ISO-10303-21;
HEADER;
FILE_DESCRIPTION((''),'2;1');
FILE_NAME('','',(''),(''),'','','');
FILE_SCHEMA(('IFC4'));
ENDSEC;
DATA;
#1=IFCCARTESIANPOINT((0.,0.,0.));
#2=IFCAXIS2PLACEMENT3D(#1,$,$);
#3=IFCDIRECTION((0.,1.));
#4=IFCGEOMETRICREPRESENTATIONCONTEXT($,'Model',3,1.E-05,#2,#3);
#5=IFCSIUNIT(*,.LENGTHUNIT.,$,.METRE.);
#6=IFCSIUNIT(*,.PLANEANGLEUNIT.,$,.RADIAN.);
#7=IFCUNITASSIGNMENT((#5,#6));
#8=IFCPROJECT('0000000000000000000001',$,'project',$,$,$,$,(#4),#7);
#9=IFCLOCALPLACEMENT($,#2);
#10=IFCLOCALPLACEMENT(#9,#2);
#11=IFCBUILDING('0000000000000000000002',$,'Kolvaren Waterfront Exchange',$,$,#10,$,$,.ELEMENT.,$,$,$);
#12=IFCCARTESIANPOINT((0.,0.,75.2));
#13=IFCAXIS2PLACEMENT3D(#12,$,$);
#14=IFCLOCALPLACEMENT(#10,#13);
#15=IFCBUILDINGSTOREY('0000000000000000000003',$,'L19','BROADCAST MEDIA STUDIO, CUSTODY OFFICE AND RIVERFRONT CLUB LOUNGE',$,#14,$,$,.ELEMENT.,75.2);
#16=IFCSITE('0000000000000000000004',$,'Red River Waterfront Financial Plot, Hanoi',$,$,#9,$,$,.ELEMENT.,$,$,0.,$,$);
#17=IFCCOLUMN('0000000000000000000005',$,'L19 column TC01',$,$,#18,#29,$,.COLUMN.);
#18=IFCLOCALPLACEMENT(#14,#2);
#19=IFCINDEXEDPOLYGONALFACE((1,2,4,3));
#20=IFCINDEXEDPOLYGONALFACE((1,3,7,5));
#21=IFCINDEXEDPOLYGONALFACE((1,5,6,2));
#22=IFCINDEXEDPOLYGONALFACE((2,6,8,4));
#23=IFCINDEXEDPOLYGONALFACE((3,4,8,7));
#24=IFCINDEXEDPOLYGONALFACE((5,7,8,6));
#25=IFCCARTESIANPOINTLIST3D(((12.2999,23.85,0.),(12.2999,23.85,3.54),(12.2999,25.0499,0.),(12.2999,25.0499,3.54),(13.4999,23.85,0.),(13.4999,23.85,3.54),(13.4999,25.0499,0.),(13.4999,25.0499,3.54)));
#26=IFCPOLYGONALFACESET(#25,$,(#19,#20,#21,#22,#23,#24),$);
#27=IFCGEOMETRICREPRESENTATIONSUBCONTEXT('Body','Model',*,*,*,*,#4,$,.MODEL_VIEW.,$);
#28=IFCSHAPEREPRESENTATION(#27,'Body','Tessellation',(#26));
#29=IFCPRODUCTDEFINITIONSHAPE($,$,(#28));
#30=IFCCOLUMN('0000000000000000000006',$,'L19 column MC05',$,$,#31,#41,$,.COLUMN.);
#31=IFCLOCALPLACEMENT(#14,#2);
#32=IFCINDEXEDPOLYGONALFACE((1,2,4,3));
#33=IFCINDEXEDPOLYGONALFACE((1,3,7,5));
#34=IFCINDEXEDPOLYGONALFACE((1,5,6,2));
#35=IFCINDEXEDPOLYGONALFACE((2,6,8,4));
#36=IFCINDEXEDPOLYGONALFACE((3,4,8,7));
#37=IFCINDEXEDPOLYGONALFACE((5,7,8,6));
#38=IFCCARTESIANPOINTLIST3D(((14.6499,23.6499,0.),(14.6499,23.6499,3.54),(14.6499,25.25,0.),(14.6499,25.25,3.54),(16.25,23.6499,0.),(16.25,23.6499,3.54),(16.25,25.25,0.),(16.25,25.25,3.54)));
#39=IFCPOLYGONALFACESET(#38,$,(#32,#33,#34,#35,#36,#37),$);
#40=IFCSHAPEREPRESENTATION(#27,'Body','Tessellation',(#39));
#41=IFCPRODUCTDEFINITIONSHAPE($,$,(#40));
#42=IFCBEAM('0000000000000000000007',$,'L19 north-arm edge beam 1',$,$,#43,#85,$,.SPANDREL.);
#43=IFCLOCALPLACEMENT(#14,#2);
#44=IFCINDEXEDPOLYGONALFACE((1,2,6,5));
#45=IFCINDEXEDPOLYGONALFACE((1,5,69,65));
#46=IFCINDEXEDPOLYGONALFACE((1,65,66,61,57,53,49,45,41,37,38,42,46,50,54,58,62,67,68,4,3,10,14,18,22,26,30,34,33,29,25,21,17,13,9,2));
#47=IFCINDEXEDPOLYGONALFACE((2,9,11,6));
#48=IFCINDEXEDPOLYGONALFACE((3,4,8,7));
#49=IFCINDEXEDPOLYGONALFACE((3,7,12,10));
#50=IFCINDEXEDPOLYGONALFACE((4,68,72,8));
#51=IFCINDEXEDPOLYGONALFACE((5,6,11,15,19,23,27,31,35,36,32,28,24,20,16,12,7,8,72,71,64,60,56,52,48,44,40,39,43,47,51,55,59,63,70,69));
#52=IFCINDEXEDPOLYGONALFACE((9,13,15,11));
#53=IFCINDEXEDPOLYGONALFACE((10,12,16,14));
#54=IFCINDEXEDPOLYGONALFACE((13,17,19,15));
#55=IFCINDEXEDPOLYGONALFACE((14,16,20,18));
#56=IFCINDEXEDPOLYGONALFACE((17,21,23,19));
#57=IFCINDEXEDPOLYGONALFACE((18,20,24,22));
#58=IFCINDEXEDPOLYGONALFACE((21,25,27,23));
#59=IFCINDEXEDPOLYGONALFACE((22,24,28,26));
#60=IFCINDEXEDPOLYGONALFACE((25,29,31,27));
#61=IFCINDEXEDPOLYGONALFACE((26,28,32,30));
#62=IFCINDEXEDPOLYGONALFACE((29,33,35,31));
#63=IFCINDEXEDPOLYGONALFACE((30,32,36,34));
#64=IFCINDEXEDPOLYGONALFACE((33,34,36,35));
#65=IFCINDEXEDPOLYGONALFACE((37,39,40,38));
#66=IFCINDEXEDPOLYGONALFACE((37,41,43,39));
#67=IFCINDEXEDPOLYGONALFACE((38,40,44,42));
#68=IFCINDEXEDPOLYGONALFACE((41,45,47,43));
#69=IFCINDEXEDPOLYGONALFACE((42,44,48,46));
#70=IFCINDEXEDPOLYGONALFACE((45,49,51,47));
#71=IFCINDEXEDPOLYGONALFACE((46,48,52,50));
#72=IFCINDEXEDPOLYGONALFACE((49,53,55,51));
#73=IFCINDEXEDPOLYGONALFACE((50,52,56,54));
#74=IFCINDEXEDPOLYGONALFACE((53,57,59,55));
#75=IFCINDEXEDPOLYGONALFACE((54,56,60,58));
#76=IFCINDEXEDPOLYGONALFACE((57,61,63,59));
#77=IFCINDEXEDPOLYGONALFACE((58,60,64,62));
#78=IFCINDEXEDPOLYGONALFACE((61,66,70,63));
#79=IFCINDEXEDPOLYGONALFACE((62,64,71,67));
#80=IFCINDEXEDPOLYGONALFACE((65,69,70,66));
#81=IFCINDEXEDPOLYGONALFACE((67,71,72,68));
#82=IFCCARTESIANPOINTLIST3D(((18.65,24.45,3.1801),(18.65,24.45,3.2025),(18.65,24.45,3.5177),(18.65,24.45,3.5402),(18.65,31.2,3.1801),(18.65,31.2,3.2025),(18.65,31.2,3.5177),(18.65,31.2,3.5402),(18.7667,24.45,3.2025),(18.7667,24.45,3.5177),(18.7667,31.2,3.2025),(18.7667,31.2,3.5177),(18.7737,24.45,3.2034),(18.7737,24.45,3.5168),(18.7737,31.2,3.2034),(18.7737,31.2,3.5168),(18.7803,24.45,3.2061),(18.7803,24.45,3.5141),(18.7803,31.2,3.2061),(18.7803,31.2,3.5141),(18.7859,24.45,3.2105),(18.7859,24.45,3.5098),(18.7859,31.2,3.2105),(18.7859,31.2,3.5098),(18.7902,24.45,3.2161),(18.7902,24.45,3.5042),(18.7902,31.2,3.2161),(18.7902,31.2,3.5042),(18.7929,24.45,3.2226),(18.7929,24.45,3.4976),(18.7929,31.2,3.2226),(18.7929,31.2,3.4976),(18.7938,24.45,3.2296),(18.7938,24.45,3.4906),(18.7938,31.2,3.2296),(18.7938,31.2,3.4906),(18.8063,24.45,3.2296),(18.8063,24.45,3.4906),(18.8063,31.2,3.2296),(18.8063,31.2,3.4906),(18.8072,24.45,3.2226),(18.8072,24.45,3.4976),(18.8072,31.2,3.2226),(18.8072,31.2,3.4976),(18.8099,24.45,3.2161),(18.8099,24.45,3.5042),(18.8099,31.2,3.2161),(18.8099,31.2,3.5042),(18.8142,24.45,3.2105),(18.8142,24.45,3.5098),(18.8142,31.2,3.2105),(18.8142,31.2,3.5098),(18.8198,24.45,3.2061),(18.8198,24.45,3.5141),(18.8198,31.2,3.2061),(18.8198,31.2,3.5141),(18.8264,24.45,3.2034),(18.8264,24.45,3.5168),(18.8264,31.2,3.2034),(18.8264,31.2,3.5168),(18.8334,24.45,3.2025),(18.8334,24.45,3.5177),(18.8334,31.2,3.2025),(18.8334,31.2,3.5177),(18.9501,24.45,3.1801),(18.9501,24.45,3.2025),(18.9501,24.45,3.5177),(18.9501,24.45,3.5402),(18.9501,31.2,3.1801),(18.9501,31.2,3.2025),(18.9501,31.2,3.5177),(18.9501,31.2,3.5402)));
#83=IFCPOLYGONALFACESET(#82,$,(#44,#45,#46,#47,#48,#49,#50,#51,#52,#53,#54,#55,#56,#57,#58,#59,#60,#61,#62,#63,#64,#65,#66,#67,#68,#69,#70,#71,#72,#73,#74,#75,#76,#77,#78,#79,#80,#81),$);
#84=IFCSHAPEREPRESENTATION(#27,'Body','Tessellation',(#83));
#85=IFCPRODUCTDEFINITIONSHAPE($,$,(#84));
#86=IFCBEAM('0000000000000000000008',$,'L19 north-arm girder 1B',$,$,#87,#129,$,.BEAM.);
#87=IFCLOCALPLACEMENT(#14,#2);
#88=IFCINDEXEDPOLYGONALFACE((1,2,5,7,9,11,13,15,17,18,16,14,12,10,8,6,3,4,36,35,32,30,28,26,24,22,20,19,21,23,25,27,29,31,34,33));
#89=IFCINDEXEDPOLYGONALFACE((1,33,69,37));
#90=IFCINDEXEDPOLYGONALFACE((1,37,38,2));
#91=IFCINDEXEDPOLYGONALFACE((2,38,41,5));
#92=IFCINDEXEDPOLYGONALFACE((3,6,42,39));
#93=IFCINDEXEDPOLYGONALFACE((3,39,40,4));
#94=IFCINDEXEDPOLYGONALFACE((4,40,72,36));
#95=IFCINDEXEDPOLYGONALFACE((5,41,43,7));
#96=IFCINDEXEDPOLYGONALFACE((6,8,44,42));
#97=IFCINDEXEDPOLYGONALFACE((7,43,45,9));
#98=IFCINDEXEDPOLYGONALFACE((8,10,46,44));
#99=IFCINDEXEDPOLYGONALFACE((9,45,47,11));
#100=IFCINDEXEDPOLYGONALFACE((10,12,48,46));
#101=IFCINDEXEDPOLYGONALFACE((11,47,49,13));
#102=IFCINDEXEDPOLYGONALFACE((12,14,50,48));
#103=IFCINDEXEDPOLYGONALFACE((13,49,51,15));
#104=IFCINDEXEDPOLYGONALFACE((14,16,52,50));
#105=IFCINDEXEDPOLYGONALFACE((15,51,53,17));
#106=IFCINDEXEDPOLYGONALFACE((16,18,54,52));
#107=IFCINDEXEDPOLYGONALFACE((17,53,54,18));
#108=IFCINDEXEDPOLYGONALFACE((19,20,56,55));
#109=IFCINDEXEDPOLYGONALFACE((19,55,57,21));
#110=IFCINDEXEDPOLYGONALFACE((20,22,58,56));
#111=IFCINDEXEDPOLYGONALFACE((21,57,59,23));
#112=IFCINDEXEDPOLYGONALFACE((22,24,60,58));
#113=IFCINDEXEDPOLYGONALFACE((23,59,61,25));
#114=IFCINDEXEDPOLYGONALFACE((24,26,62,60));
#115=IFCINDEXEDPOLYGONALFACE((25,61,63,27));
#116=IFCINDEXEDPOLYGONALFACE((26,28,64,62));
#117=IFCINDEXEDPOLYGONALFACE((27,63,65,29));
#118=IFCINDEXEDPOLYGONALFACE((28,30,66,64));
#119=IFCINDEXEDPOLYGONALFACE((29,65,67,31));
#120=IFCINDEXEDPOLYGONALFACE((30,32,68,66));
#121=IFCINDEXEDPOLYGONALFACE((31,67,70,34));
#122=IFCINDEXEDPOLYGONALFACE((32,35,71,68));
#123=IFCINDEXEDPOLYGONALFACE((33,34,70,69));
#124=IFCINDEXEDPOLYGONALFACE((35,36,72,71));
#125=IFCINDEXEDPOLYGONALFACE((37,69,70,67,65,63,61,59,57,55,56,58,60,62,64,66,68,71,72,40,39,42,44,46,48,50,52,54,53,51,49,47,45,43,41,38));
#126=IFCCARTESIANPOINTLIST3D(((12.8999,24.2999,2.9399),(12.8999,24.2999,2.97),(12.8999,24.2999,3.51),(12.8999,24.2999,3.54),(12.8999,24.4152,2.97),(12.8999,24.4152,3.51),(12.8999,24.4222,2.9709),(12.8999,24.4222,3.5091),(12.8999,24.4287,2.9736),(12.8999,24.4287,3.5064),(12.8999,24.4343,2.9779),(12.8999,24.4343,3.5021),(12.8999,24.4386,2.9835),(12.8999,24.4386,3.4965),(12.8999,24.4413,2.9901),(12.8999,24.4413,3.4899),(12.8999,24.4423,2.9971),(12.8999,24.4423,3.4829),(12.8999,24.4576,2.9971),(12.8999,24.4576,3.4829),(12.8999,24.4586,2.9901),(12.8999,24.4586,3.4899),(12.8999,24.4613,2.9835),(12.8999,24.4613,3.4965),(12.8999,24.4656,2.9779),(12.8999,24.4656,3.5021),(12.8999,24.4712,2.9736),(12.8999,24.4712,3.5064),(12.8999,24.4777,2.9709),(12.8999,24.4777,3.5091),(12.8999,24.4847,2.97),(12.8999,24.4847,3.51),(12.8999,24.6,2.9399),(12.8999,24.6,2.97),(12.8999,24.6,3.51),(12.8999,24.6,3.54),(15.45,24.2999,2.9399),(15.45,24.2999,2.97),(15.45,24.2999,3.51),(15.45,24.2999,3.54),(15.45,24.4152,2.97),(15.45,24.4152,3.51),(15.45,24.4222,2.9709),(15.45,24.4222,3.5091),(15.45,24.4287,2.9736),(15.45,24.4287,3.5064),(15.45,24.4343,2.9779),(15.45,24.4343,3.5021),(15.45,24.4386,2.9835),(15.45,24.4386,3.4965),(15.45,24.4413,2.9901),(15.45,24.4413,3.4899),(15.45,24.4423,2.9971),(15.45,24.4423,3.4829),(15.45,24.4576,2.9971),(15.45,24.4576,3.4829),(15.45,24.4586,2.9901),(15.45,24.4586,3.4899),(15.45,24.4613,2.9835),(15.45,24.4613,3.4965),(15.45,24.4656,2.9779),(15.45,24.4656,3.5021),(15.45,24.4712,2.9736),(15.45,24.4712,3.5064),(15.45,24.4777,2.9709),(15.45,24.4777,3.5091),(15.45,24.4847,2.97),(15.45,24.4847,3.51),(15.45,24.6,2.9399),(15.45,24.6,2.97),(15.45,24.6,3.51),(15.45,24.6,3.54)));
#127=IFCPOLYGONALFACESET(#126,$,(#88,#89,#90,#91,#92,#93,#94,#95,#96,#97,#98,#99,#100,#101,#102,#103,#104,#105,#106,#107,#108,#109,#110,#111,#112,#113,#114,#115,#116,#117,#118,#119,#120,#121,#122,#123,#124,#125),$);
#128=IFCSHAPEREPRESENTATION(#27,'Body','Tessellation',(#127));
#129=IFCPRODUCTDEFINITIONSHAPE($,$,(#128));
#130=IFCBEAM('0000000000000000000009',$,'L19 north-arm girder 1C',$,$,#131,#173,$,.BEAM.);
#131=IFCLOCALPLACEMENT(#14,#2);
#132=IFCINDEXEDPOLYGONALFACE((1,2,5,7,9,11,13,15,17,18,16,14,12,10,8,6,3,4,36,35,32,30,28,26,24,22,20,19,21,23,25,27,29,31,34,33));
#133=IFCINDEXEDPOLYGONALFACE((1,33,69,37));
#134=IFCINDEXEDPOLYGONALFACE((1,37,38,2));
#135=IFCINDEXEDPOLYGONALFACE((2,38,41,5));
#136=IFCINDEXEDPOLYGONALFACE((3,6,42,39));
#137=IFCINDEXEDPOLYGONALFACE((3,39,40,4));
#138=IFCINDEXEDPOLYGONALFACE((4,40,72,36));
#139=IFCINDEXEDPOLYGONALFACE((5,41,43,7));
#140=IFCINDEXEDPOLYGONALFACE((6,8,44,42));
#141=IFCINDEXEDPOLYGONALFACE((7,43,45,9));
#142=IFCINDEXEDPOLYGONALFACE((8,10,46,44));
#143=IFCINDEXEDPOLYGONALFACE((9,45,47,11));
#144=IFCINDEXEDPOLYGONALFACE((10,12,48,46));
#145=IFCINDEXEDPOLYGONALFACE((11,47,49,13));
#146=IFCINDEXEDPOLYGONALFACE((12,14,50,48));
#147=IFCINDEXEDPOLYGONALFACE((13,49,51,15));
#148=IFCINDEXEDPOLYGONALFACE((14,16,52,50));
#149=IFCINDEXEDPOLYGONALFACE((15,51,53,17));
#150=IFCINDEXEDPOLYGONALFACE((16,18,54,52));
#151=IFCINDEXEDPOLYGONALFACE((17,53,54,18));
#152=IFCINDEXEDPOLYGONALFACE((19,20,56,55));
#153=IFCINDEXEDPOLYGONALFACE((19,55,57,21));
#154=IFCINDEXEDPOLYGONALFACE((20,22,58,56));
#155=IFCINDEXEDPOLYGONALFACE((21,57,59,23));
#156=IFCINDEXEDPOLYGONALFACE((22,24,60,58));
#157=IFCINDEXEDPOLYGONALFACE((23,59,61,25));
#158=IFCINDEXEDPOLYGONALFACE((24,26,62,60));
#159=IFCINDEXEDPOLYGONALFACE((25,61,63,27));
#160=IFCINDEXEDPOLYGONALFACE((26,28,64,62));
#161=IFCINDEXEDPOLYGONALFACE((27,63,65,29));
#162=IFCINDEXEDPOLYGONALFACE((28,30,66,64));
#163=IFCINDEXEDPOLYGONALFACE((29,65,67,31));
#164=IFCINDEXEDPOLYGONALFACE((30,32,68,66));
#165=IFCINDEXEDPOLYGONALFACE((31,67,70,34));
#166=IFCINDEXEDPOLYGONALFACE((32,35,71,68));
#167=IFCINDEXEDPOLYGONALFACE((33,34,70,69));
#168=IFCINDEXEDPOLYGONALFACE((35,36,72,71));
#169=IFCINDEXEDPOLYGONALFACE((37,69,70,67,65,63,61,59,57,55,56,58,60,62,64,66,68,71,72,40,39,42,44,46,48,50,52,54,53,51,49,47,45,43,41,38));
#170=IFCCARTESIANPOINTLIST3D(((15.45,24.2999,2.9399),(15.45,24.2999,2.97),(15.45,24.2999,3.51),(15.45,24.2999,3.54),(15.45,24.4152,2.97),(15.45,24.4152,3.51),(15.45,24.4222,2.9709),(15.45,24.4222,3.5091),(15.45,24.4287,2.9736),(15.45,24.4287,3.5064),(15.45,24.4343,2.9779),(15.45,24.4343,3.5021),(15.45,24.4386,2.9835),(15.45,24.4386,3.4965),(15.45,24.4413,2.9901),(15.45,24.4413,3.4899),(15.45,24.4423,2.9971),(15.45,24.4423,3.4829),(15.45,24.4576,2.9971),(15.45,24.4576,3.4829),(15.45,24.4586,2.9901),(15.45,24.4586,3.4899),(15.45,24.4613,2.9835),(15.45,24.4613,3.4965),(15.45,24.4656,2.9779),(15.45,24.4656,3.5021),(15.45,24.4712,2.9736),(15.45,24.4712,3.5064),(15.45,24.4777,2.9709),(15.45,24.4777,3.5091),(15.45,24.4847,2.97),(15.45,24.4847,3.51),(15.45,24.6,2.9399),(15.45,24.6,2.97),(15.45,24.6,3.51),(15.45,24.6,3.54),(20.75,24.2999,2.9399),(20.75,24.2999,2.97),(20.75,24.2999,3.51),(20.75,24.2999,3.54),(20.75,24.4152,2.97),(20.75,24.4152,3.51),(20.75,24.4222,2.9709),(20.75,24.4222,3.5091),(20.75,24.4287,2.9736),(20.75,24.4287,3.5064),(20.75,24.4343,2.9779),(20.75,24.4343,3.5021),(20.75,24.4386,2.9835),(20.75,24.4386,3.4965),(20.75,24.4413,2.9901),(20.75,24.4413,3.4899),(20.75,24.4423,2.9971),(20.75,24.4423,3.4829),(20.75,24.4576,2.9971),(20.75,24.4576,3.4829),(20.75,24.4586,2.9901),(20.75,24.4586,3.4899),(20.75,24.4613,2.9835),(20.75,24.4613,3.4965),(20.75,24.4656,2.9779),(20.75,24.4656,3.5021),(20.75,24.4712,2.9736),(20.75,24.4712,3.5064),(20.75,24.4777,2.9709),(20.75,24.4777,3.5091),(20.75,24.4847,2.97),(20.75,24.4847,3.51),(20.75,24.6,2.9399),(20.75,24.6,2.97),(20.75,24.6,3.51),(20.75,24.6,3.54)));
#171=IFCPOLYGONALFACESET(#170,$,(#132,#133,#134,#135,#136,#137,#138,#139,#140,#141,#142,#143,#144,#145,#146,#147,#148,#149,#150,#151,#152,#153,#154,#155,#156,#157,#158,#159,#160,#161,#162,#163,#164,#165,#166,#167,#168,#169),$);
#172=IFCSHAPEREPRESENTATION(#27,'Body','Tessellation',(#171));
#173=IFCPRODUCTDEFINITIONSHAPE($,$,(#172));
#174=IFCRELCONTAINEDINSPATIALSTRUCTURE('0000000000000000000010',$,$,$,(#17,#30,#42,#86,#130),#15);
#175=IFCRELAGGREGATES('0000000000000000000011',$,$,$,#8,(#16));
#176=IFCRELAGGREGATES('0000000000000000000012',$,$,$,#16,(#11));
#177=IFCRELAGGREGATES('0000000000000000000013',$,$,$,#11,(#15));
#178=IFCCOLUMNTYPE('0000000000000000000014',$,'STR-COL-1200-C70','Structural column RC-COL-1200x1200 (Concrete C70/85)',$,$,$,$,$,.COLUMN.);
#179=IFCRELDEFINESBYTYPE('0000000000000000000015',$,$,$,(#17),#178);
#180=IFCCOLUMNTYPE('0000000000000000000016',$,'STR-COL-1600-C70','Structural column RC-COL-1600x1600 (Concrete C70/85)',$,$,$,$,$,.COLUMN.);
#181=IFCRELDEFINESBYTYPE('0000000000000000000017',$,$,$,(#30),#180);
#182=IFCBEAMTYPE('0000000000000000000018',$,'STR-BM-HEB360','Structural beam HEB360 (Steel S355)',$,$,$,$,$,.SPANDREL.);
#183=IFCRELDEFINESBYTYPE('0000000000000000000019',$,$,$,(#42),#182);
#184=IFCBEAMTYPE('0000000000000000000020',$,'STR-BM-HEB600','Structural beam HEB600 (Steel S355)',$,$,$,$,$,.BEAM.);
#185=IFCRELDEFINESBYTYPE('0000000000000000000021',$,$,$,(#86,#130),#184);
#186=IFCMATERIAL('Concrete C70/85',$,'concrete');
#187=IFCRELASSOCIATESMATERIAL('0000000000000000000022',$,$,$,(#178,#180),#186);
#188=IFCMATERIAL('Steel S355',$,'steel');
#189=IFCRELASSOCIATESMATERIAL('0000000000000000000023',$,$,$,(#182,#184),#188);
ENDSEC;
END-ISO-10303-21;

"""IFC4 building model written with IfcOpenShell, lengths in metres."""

from ifc_helpers import new_model, si_unit, direction, frame, origin, origin_2d, place, context, subcontext, project, spatial, rectangle, i_section, extrude, material, material_profile, profile_set, type_object, element, save


model = new_model("IFC4")

# Units and contexts
model_context = context("Model", 3, precision=1e-05, world=origin(), true_north=direction((0.0, 1.0)))
body_context = subcontext(model_context, "Body", "Model", "MODEL_VIEW")
ifc_project = project(units=[si_unit("LENGTHUNIT", "METRE"), si_unit("PLANEANGLEUNIT", "RADIAN")], contexts=[model_context])

# Site, building, storey
site_placement = place(None, origin())
site = spatial("IfcSite", under=ifc_project, at=site_placement, Name="Red River Waterfront Financial Plot, Hanoi", CompositionType="ELEMENT", RefElevation=0.0)
building_placement = place(site_placement, origin())
building = spatial("IfcBuilding", under=site, at=building_placement, Name="Kolvaren Waterfront Exchange", CompositionType="ELEMENT")
storey_placement = place(building_placement, frame((0.0, 0.0, 75.2)))
storey = spatial("IfcBuildingStorey", under=building, at=storey_placement, Name="L19", Description="BROADCAST MEDIA STUDIO, CUSTODY OFFICE AND RIVERFRONT CLUB LOUNGE", CompositionType="ELEMENT", Elevation=75.2)

# Columns
ifc_material_1 = material(Name="Concrete C70/85", Category="concrete")
ifc_material_profile_1 = material_profile(ifc_material_1, rectangle(XDim=1.2, YDim=1.2, at=origin_2d()), Name="RC-COL-1200x1200")
ifc_profile_set_1 = profile_set([ifc_material_profile_1], Name="Concrete C70/85")
column_type_1 = type_object("IfcColumnType", Name="STR-COL-1200-C70", Description="Structural column RC-COL-1200x1200 (Concrete C70/85)", PredefinedType="COLUMN", material=ifc_profile_set_1)
column_1_placement = place(storey_placement, frame((12.8999, 24.45, 0.0), z_axis=(0.0, 0.0, 1.0), x_axis=(1.0, 0.0, 0.0)))
element("IfcColumn", 1, at=column_1_placement, inside=storey, type_object=column_type_1, Name="L19 column TC01", PredefinedType="COLUMN", context=body_context, shape_type="SweptSolid", body=[
    extrude(rectangle(XDim=1.2, YDim=1.2, at=origin_2d()), origin(), (0.0, 0.0, 1.0), 3.54),
])
ifc_material_profile_2 = material_profile(ifc_material_1, rectangle(XDim=1.6001, YDim=1.6001, at=origin_2d()), Name="RC-COL-1600x1600")
ifc_profile_set_2 = profile_set([ifc_material_profile_2], Name="Concrete C70/85")
column_type_2 = type_object("IfcColumnType", Name="STR-COL-1600-C70", Description="Structural column RC-COL-1600x1600 (Concrete C70/85)", PredefinedType="COLUMN", material=ifc_profile_set_2)
column_2_placement = place(storey_placement, frame((15.45, 24.45, 0.0), z_axis=(0.0, 0.0, 1.0), x_axis=(1.0, 0.0, 0.0)))
element("IfcColumn", 2, at=column_2_placement, inside=storey, type_object=column_type_2, Name="L19 column MC05", PredefinedType="COLUMN", context=body_context, shape_type="SweptSolid", body=[
    extrude(rectangle(XDim=1.6001, YDim=1.6001, at=origin_2d()), origin(), (0.0, 0.0, 1.0), 3.54),
])

# Beams
ifc_material_2 = material(Name="Steel S355", Category="steel")
ifc_material_profile_3 = material_profile(ifc_material_2, i_section(OverallWidth=0.3, OverallDepth=0.3601, WebThickness=0.0125, FlangeThickness=0.0225, FilletRadius=0.0271, at=origin_2d()), Name="HEB360")
ifc_profile_set_3 = profile_set([ifc_material_profile_3], Name="Steel S355")
beam_type_1 = type_object("IfcBeamType", Name="STR-BM-HEB360", Description="Structural beam HEB360 (Steel S355)", PredefinedType="SPANDREL", material=ifc_profile_set_3)
beam_1_placement = place(storey_placement, frame((18.8, 24.45, 3.3601), z_axis=(0.0, 1.0, 0.0), x_axis=(-1.0, 0.0, 0.0)))
element("IfcBeam", 3, at=beam_1_placement, inside=storey, type_object=beam_type_1, Name="L19 north-arm edge beam 1", PredefinedType="SPANDREL", context=body_context, shape_type="SweptSolid", body=[
    extrude(i_section(OverallWidth=0.3, OverallDepth=0.3601, WebThickness=0.0125, FlangeThickness=0.0225, FilletRadius=0.0271, at=origin_2d()), origin(), (0.0, 0.0, 1.0), 6.75),
])
ifc_material_profile_4 = material_profile(ifc_material_2, i_section(OverallWidth=0.3, OverallDepth=0.6001, WebThickness=0.0154, FlangeThickness=0.03, FilletRadius=0.0271, at=origin_2d()), Name="HEB600")
ifc_profile_set_4 = profile_set([ifc_material_profile_4], Name="Steel S355")
beam_type_2 = type_object("IfcBeamType", Name="STR-BM-HEB600", Description="Structural beam HEB600 (Steel S355)", PredefinedType="BEAM", material=ifc_profile_set_4)
beam_2_placement = place(storey_placement, frame((12.8999, 24.45, 3.24), z_axis=(1.0, 0.0, 0.0), x_axis=(0.0, 1.0, 0.0)))
element("IfcBeam", 4, at=beam_2_placement, inside=storey, type_object=beam_type_2, Name="L19 north-arm girder 1B", PredefinedType="BEAM", context=body_context, shape_type="SweptSolid", body=[
    extrude(i_section(OverallWidth=0.3, OverallDepth=0.6001, WebThickness=0.0154, FlangeThickness=0.03, FilletRadius=0.0271, at=origin_2d()), origin(), (0.0, 0.0, 1.0), 2.55),
])
beam_3_placement = place(storey_placement, frame((15.45, 24.45, 3.24), z_axis=(1.0, 0.0, 0.0), x_axis=(0.0, 1.0, 0.0)))
element("IfcBeam", 5, at=beam_3_placement, inside=storey, type_object=beam_type_2, Name="L19 north-arm girder 1C", PredefinedType="BEAM", context=body_context, shape_type="SweptSolid", body=[
    extrude(i_section(OverallWidth=0.3, OverallDepth=0.6001, WebThickness=0.0154, FlangeThickness=0.03, FilletRadius=0.0271, at=origin_2d()), origin(), (0.0, 0.0, 1.0), 5.3),
])

save(model, "model.ifc")
